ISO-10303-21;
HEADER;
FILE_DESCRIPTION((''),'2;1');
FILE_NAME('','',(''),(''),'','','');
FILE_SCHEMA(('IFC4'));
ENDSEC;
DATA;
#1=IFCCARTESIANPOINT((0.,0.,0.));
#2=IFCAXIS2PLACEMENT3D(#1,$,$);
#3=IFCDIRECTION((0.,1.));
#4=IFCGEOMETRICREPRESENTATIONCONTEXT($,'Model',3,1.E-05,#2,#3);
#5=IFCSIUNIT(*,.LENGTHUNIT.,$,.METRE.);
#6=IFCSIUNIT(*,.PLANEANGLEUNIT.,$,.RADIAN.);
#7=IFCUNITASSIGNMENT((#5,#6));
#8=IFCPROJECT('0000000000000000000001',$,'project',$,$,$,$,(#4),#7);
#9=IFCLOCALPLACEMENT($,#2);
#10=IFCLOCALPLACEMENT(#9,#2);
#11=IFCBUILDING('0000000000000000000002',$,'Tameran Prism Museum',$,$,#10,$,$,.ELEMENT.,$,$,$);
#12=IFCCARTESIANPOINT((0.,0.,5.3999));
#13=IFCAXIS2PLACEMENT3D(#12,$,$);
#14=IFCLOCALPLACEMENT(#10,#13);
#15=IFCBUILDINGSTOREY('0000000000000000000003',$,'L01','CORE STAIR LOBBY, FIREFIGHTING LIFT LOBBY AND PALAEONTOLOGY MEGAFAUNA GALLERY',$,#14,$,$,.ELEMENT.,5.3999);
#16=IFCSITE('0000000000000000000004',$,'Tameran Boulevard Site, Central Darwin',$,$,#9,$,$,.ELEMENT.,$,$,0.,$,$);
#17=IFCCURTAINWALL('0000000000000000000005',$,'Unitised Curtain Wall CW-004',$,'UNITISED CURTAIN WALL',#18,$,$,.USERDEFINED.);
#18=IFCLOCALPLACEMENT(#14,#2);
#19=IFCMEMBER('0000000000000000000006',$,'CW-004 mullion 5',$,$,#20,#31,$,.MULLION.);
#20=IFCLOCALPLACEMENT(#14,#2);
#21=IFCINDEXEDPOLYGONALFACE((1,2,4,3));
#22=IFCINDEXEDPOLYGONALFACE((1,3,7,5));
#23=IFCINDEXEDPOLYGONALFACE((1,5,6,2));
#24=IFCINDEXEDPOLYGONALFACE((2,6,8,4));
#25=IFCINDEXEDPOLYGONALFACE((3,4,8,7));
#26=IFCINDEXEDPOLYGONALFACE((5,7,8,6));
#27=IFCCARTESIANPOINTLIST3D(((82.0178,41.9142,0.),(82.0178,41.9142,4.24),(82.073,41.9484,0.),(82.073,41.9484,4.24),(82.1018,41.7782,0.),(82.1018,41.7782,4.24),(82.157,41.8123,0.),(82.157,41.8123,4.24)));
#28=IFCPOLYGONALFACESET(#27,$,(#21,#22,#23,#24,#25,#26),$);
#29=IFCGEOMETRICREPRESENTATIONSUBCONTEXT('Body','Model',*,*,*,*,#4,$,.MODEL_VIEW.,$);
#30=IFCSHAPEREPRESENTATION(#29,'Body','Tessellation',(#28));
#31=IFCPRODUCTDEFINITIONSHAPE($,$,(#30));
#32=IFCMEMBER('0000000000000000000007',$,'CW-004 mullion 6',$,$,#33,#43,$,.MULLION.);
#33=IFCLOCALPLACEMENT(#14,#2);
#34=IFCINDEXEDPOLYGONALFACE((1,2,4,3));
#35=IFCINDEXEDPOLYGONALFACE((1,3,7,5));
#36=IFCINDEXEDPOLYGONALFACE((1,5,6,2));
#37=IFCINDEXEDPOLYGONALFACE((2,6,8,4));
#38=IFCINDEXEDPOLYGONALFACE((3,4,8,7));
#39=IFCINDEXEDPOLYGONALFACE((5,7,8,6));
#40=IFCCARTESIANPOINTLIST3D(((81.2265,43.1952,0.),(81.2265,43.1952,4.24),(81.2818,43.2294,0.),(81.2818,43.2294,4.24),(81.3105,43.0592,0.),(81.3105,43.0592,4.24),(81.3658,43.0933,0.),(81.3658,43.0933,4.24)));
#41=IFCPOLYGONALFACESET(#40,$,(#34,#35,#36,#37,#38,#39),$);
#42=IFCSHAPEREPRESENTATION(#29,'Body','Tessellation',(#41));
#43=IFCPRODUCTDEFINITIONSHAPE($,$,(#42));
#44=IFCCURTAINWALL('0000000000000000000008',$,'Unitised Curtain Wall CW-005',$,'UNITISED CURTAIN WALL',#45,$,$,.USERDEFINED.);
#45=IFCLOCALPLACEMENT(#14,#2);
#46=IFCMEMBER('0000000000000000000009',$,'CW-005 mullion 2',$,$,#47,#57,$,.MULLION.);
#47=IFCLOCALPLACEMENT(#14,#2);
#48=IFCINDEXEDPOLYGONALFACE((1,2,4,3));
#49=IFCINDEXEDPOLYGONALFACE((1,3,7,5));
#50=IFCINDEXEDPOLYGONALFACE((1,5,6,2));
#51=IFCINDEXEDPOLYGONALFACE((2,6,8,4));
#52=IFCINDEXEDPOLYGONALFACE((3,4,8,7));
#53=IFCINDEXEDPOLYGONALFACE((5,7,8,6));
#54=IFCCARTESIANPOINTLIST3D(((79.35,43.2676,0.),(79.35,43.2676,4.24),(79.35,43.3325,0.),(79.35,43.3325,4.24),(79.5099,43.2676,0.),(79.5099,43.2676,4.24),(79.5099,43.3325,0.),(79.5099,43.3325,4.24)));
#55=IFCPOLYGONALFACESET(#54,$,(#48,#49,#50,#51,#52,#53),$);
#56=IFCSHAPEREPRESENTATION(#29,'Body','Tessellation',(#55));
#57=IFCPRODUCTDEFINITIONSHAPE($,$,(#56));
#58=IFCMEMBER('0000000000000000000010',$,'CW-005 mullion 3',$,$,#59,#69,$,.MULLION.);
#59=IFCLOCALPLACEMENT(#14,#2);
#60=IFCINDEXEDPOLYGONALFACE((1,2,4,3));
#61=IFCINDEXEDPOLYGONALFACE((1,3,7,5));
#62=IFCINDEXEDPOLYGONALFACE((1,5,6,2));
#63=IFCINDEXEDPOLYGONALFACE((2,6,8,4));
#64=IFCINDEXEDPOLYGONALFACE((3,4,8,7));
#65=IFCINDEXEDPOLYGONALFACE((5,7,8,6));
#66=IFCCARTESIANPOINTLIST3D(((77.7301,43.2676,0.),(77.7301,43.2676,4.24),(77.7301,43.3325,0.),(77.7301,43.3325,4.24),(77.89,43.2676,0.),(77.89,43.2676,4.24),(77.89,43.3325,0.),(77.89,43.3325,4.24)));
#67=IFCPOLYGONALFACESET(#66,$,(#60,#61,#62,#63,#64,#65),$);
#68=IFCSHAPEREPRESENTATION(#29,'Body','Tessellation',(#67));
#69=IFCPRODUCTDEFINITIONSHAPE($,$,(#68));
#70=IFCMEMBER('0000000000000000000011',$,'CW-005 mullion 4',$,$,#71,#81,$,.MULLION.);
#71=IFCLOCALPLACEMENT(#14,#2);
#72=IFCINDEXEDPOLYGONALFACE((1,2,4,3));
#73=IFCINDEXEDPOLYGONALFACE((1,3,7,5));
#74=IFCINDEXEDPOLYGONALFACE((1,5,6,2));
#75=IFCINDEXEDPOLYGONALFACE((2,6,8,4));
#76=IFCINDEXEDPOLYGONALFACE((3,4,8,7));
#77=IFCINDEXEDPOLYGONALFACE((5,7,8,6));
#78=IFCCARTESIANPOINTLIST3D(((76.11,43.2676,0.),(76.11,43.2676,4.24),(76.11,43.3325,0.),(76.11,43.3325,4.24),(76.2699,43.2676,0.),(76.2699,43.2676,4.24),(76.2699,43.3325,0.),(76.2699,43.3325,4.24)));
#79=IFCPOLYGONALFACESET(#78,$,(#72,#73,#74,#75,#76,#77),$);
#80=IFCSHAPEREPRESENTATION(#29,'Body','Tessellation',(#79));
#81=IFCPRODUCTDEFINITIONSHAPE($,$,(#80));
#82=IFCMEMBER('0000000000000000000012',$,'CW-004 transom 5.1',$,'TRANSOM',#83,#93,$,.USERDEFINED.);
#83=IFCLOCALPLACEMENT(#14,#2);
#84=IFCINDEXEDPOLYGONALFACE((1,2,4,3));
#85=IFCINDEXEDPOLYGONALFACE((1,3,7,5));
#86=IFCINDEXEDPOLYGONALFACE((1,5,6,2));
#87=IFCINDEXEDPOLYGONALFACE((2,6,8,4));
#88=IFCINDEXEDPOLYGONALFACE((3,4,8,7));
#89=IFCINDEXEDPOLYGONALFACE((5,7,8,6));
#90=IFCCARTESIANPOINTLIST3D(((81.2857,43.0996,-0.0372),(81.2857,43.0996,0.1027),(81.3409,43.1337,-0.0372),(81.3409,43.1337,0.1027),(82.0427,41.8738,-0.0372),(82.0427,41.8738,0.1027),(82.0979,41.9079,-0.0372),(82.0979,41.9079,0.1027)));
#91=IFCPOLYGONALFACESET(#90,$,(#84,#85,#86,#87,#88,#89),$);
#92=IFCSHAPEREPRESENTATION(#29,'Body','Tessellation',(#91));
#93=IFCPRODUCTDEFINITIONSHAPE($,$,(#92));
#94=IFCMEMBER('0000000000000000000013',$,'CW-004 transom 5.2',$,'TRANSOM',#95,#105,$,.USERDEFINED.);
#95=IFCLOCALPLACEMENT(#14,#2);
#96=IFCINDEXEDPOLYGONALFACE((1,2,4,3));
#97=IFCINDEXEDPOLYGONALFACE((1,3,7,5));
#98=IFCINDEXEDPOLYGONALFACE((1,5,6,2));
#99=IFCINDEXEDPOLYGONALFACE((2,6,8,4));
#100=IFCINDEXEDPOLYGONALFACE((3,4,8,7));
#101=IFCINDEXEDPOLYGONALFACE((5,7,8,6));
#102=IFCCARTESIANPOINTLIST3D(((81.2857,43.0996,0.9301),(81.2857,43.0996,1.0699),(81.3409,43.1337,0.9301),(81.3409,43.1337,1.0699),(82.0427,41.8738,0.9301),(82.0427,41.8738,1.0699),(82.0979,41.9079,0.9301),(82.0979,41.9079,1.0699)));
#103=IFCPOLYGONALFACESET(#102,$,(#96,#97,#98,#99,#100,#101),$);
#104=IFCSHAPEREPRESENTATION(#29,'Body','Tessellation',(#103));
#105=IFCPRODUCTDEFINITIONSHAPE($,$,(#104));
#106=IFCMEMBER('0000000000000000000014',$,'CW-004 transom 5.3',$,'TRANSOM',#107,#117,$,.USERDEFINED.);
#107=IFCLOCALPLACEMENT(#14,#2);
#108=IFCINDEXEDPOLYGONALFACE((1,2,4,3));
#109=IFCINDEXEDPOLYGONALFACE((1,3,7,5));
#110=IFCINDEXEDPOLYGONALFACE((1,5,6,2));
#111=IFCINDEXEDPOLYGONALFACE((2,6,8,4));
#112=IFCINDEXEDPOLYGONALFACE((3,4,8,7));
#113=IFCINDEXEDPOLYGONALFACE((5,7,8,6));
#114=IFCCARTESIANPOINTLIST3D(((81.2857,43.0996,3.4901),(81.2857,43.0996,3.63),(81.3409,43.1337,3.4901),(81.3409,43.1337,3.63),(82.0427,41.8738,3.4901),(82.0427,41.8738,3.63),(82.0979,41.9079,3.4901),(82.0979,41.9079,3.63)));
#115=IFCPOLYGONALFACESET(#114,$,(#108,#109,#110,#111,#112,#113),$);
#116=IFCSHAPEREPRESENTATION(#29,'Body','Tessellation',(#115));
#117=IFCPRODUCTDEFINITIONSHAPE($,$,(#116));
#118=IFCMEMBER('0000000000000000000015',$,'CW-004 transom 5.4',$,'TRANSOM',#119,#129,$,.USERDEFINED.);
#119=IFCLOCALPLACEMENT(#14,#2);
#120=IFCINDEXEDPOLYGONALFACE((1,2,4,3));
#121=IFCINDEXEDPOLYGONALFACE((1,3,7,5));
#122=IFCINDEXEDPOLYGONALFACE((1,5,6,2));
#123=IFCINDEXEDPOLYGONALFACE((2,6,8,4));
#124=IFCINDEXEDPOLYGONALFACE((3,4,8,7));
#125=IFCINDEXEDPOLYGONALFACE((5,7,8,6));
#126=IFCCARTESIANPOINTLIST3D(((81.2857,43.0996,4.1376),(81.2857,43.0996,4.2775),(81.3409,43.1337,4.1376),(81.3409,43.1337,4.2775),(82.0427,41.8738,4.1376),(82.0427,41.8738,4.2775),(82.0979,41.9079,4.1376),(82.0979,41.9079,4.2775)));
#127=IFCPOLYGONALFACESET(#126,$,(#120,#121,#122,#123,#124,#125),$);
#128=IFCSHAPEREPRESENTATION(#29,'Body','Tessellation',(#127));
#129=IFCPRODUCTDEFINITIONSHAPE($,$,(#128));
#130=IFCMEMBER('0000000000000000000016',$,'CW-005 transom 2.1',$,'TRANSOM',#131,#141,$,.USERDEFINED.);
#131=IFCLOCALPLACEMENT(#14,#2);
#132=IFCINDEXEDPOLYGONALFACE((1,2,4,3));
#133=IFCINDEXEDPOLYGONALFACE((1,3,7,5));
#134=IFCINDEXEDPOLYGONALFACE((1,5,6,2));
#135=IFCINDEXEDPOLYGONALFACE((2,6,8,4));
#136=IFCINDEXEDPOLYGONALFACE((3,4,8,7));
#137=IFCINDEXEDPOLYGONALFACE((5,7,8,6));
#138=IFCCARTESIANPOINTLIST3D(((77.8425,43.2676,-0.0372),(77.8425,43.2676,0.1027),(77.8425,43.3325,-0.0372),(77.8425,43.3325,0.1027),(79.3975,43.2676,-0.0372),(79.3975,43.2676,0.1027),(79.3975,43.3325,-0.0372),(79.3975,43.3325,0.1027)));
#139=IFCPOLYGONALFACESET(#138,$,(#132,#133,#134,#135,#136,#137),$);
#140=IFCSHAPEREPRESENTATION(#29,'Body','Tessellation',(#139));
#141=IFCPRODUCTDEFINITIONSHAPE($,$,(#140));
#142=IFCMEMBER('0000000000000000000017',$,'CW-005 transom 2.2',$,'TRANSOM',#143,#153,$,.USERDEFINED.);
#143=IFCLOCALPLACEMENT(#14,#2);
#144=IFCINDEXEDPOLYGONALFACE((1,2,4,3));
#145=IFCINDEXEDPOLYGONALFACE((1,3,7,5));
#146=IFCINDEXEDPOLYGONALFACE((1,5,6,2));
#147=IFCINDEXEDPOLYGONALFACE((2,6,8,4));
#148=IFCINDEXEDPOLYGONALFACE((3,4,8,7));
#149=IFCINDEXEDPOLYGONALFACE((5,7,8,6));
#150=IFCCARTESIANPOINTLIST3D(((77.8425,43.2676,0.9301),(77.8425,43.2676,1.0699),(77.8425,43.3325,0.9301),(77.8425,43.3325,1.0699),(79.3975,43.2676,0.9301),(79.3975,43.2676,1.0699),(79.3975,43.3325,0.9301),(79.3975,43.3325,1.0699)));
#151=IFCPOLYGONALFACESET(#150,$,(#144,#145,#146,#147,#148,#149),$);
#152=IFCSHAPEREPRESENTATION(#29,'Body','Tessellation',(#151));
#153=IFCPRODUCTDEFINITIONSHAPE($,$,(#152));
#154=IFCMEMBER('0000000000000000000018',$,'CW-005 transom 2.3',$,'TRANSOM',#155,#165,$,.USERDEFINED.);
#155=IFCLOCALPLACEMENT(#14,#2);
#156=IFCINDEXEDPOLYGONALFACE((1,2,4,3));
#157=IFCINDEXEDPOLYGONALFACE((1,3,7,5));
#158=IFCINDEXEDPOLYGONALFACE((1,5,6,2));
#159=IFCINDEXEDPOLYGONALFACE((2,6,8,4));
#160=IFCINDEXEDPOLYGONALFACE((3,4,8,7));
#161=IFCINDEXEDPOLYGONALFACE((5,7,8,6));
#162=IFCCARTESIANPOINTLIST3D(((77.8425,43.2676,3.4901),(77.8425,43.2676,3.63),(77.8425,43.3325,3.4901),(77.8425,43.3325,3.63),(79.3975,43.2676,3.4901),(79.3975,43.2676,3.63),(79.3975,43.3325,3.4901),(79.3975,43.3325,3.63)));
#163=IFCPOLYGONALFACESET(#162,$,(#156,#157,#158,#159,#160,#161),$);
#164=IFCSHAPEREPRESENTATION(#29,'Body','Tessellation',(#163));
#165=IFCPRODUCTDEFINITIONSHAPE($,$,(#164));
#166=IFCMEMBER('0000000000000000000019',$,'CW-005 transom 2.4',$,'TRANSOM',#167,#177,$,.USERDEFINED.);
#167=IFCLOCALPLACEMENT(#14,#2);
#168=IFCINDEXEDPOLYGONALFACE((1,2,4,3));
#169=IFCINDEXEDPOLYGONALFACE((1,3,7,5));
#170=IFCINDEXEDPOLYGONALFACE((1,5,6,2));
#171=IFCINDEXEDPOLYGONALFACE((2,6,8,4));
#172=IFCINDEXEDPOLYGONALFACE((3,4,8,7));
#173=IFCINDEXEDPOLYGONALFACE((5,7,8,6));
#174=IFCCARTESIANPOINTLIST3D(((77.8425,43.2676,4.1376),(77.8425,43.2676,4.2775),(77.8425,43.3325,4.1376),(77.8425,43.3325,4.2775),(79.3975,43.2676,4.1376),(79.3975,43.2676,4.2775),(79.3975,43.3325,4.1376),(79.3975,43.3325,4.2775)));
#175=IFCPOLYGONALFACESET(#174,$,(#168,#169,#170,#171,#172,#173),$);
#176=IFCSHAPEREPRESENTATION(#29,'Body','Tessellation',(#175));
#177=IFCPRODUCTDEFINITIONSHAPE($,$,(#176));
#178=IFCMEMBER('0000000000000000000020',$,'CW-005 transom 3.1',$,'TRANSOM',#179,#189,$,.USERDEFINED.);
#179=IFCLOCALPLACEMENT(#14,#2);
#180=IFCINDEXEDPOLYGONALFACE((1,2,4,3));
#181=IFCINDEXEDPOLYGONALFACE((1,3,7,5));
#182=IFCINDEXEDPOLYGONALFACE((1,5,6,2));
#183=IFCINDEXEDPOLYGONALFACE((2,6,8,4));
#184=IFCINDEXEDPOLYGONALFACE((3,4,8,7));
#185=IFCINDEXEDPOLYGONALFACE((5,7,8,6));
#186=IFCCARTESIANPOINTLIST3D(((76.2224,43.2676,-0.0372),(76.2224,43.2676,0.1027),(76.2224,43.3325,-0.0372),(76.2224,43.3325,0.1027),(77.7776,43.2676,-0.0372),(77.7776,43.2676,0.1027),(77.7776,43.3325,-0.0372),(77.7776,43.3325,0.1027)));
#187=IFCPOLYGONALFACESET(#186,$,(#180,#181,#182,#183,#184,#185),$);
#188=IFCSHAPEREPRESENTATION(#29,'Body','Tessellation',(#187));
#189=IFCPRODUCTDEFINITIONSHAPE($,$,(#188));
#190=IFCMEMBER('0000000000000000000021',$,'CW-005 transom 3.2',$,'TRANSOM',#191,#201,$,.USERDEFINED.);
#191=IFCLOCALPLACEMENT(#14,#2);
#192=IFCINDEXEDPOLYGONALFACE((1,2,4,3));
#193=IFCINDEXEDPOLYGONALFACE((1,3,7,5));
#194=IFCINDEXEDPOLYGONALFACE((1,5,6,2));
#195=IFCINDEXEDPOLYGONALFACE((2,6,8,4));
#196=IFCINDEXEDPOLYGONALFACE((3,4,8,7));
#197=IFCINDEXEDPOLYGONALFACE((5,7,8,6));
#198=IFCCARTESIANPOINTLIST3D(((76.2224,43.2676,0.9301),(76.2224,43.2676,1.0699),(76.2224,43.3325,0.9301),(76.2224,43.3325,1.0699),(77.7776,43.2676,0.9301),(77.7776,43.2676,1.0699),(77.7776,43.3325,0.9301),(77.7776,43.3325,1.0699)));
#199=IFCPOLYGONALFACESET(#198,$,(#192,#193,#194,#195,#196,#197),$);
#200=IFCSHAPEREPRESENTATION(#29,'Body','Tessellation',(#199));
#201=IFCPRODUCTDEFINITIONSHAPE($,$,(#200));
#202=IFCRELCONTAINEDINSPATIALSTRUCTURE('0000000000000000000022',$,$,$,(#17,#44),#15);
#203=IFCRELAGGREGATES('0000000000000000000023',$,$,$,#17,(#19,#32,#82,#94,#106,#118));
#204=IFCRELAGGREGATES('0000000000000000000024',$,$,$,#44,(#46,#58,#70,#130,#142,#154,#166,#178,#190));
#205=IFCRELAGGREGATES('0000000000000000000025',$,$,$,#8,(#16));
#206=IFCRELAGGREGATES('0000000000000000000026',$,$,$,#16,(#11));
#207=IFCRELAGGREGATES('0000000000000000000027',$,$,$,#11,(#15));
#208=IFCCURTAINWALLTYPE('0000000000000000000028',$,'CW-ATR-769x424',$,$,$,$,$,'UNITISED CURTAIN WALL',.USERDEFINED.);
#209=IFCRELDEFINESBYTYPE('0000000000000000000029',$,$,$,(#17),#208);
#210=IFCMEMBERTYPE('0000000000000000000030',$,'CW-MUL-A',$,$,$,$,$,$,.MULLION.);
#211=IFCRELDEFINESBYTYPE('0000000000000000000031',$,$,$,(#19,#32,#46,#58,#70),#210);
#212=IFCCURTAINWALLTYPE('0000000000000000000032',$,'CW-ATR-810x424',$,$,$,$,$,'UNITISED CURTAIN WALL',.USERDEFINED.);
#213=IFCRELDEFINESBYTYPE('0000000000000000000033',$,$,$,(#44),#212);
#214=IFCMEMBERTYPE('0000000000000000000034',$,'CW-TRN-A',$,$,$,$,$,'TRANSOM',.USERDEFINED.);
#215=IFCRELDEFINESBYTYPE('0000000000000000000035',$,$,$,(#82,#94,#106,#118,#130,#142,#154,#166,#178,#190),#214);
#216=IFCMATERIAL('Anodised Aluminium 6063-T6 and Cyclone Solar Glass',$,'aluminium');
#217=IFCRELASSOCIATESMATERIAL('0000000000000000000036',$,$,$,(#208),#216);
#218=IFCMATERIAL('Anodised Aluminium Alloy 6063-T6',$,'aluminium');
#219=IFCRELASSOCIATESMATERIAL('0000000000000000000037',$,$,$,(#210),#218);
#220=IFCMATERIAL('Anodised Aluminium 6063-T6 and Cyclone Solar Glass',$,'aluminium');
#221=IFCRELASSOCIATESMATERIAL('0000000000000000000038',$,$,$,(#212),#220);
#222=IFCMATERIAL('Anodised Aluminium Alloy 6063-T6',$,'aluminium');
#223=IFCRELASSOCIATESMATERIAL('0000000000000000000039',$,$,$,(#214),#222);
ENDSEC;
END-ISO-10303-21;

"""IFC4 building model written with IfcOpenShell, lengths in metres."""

from ifc_helpers import new_model, si_unit, direction, frame, origin, origin_2d, place, context, subcontext, project, spatial, rectangle, extrude, material, material_profile, profile_set, type_object, element, aggregate, save


model = new_model("IFC4")

# Units and contexts
model_context = context("Model", 3, precision=1e-05, world=origin(), true_north=direction((0.0, 1.0)))
body_context = subcontext(model_context, "Body", "Model", "MODEL_VIEW")
ifc_project = project(units=[si_unit("LENGTHUNIT", "METRE"), si_unit("PLANEANGLEUNIT", "RADIAN")], contexts=[model_context])

# Site, building, storey
site_placement = place(None, origin())
site = spatial("IfcSite", under=ifc_project, at=site_placement, Name="Tameran Boulevard Site, Central Darwin", CompositionType="ELEMENT", RefElevation=0.0)
building_placement = place(site_placement, origin())
building = spatial("IfcBuilding", under=site, at=building_placement, Name="Tameran Prism Museum", CompositionType="ELEMENT")
storey_placement = place(building_placement, frame((0.0, 0.0, 5.3999)))
storey = spatial("IfcBuildingStorey", under=building, at=storey_placement, Name="L01", Description="CORE STAIR LOBBY, FIREFIGHTING LIFT LOBBY AND PALAEONTOLOGY MEGAFAUNA GALLERY", CompositionType="ELEMENT", Elevation=5.3999)

# Curtain walls, members
ifc_material_1 = material(Name="Anodised Aluminium 6063-T6 and Cyclone Solar Glass", Category="aluminium")
curtain_wall_type_1 = type_object("IfcCurtainWallType", Name="CW-ATR-769x424", ElementType="UNITISED CURTAIN WALL", PredefinedType="USERDEFINED", material=ifc_material_1)
curtain_wall_1_placement = place(storey_placement, origin())
curtain_wall_1 = element("IfcCurtainWall", 1, at=curtain_wall_1_placement, inside=storey, type_object=curtain_wall_type_1, Name="Unitised Curtain Wall CW-004", ObjectType="UNITISED CURTAIN WALL", PredefinedType="USERDEFINED")
ifc_material_2 = material(Name="Anodised Aluminium Alloy 6063-T6", Category="aluminium")
ifc_material_profile_1 = material_profile(ifc_material_2, rectangle(XDim=0.0649, YDim=0.1599, at=origin_2d()))
ifc_profile_set_1 = profile_set([ifc_material_profile_1])
member_type_1 = type_object("IfcMemberType", Name="CW-MUL-A", PredefinedType="MULLION", material=ifc_profile_set_1)
member_1_placement = place(storey_placement, frame((82.0874, 41.8633, 0.0), z_axis=(0.0, 0.0, 1.0), x_axis=(-0.850791, -0.525504, 0.0)))
member_1 = element("IfcMember", 2, at=member_1_placement, type_object=member_type_1, Name="CW-004 mullion 5", PredefinedType="MULLION", context=body_context, shape_type="SweptSolid", body=[
    extrude(rectangle(XDim=0.0649, YDim=0.1599, at=origin_2d()), origin(), (0.0, 0.0, 1.0), 4.24),
])
member_2_placement = place(storey_placement, frame((81.2961, 43.1443, 0.0), z_axis=(0.0, 0.0, 1.0), x_axis=(-0.850791, -0.525504, 0.0)))
member_2 = element("IfcMember", 3, at=member_2_placement, type_object=member_type_1, Name="CW-004 mullion 6", PredefinedType="MULLION", context=body_context, shape_type="SweptSolid", body=[
    extrude(rectangle(XDim=0.0649, YDim=0.1599, at=origin_2d()), origin(), (0.0, 0.0, 1.0), 4.24),
])
ifc_material_3 = material(Name="Anodised Aluminium 6063-T6 and Cyclone Solar Glass", Category="aluminium")
curtain_wall_type_2 = type_object("IfcCurtainWallType", Name="CW-ATR-810x424", ElementType="UNITISED CURTAIN WALL", PredefinedType="USERDEFINED", material=ifc_material_3)
curtain_wall_2_placement = place(storey_placement, origin())
curtain_wall_2 = element("IfcCurtainWall", 4, at=curtain_wall_2_placement, inside=storey, type_object=curtain_wall_type_2, Name="Unitised Curtain Wall CW-005", ObjectType="UNITISED CURTAIN WALL", PredefinedType="USERDEFINED")
member_3_placement = place(storey_placement, frame((79.4299, 43.3, 0.0), z_axis=(0.0, 0.0, 1.0), x_axis=(0.0, -1.0, 0.0)))
member_3 = element("IfcMember", 5, at=member_3_placement, type_object=member_type_1, Name="CW-005 mullion 2", PredefinedType="MULLION", context=body_context, shape_type="SweptSolid", body=[
    extrude(rectangle(XDim=0.0649, YDim=0.1599, at=origin_2d()), origin(), (0.0, 0.0, 1.0), 4.24),
])
member_4_placement = place(storey_placement, frame((77.8101, 43.3, 0.0), z_axis=(0.0, 0.0, 1.0), x_axis=(0.0, -1.0, 0.0)))
member_4 = element("IfcMember", 6, at=member_4_placement, type_object=member_type_1, Name="CW-005 mullion 3", PredefinedType="MULLION", context=body_context, shape_type="SweptSolid", body=[
    extrude(rectangle(XDim=0.0649, YDim=0.1599, at=origin_2d()), origin(), (0.0, 0.0, 1.0), 4.24),
])
member_5_placement = place(storey_placement, frame((76.1899, 43.3, 0.0), z_axis=(0.0, 0.0, 1.0), x_axis=(0.0, -1.0, 0.0)))
member_5 = element("IfcMember", 7, at=member_5_placement, type_object=member_type_1, Name="CW-005 mullion 4", PredefinedType="MULLION", context=body_context, shape_type="SweptSolid", body=[
    extrude(rectangle(XDim=0.0649, YDim=0.1599, at=origin_2d()), origin(), (0.0, 0.0, 1.0), 4.24),
])

# Members
ifc_material_4 = material(Name="Anodised Aluminium Alloy 6063-T6", Category="aluminium")
ifc_material_profile_2 = material_profile(ifc_material_4, rectangle(XDim=0.0649, YDim=0.1399, at=origin_2d()))
ifc_profile_set_2 = profile_set([ifc_material_profile_2])
member_type_2 = type_object("IfcMemberType", Name="CW-TRN-A", ElementType="TRANSOM", PredefinedType="USERDEFINED", material=ifc_profile_set_2)
member_6_placement = place(storey_placement, frame((82.0703, 41.8909, 0.0327), z_axis=(-0.525468, 0.850814, 0.0), x_axis=(-0.850814, -0.525468, 0.0)))
member_6 = element("IfcMember", 8, at=member_6_placement, type_object=member_type_2, Name="CW-004 transom 5.1", ObjectType="TRANSOM", PredefinedType="USERDEFINED", context=body_context, shape_type="SweptSolid", body=[
    extrude(rectangle(XDim=0.0649, YDim=0.1399, at=origin_2d()), origin(), (0.0, 0.0, 1.0), 1.4407),
])
member_7_placement = place(storey_placement, frame((82.0703, 41.8909, 1.0), z_axis=(-0.525468, 0.850814, 0.0), x_axis=(-0.850814, -0.525468, 0.0)))
member_7 = element("IfcMember", 9, at=member_7_placement, type_object=member_type_2, Name="CW-004 transom 5.2", ObjectType="TRANSOM", PredefinedType="USERDEFINED", context=body_context, shape_type="SweptSolid", body=[
    extrude(rectangle(XDim=0.0649, YDim=0.1399, at=origin_2d()), origin(), (0.0, 0.0, 1.0), 1.4407),
])
member_8_placement = place(storey_placement, frame((82.0703, 41.8909, 3.5601), z_axis=(-0.525468, 0.850814, 0.0), x_axis=(-0.850814, -0.525468, 0.0)))
member_8 = element("IfcMember", 10, at=member_8_placement, type_object=member_type_2, Name="CW-004 transom 5.3", ObjectType="TRANSOM", PredefinedType="USERDEFINED", context=body_context, shape_type="SweptSolid", body=[
    extrude(rectangle(XDim=0.0649, YDim=0.1399, at=origin_2d()), origin(), (0.0, 0.0, 1.0), 1.4407),
])
member_9_placement = place(storey_placement, frame((82.0703, 41.8909, 4.2075), z_axis=(-0.525468, 0.850814, 0.0), x_axis=(-0.850814, -0.525468, 0.0)))
member_9 = element("IfcMember", 11, at=member_9_placement, type_object=member_type_2, Name="CW-004 transom 5.4", ObjectType="TRANSOM", PredefinedType="USERDEFINED", context=body_context, shape_type="SweptSolid", body=[
    extrude(rectangle(XDim=0.0649, YDim=0.1399, at=origin_2d()), origin(), (0.0, 0.0, 1.0), 1.4407),
])
member_10_placement = place(storey_placement, frame((79.3975, 43.3, 0.0327), z_axis=(-1.0, 0.0, 0.0), x_axis=(0.0, -1.0, 0.0)))
member_10 = element("IfcMember", 12, at=member_10_placement, type_object=member_type_2, Name="CW-005 transom 2.1", ObjectType="TRANSOM", PredefinedType="USERDEFINED", context=body_context, shape_type="SweptSolid", body=[
    extrude(rectangle(XDim=0.0649, YDim=0.1399, at=origin_2d()), origin(), (0.0, 0.0, 1.0), 1.5549),
])
member_11_placement = place(storey_placement, frame((79.3975, 43.3, 1.0), z_axis=(-1.0, 0.0, 0.0), x_axis=(0.0, -1.0, 0.0)))
member_11 = element("IfcMember", 13, at=member_11_placement, type_object=member_type_2, Name="CW-005 transom 2.2", ObjectType="TRANSOM", PredefinedType="USERDEFINED", context=body_context, shape_type="SweptSolid", body=[
    extrude(rectangle(XDim=0.0649, YDim=0.1399, at=origin_2d()), origin(), (0.0, 0.0, 1.0), 1.5549),
])
member_12_placement = place(storey_placement, frame((79.3975, 43.3, 3.5601), z_axis=(-1.0, 0.0, 0.0), x_axis=(0.0, -1.0, 0.0)))
member_12 = element("IfcMember", 14, at=member_12_placement, type_object=member_type_2, Name="CW-005 transom 2.3", ObjectType="TRANSOM", PredefinedType="USERDEFINED", context=body_context, shape_type="SweptSolid", body=[
    extrude(rectangle(XDim=0.0649, YDim=0.1399, at=origin_2d()), origin(), (0.0, 0.0, 1.0), 1.5549),
])
member_13_placement = place(storey_placement, frame((79.3975, 43.3, 4.2075), z_axis=(-1.0, 0.0, 0.0), x_axis=(0.0, -1.0, 0.0)))
member_13 = element("IfcMember", 15, at=member_13_placement, type_object=member_type_2, Name="CW-005 transom 2.4", ObjectType="TRANSOM", PredefinedType="USERDEFINED", context=body_context, shape_type="SweptSolid", body=[
    extrude(rectangle(XDim=0.0649, YDim=0.1399, at=origin_2d()), origin(), (0.0, 0.0, 1.0), 1.5549),
])
member_14_placement = place(storey_placement, frame((77.7776, 43.3, 0.0327), z_axis=(-1.0, 0.0, 0.0), x_axis=(0.0, -1.0, 0.0)))
member_14 = element("IfcMember", 16, at=member_14_placement, type_object=member_type_2, Name="CW-005 transom 3.1", ObjectType="TRANSOM", PredefinedType="USERDEFINED", context=body_context, shape_type="SweptSolid", body=[
    extrude(rectangle(XDim=0.0649, YDim=0.1399, at=origin_2d()), origin(), (0.0, 0.0, 1.0), 1.5552),
])
member_15_placement = place(storey_placement, frame((77.7776, 43.3, 1.0), z_axis=(-1.0, 0.0, 0.0), x_axis=(0.0, -1.0, 0.0)))
member_15 = element("IfcMember", 17, at=member_15_placement, type_object=member_type_2, Name="CW-005 transom 3.2", ObjectType="TRANSOM", PredefinedType="USERDEFINED", context=body_context, shape_type="SweptSolid", body=[
    extrude(rectangle(XDim=0.0649, YDim=0.1399, at=origin_2d()), origin(), (0.0, 0.0, 1.0), 1.5552),
])

aggregate(curtain_wall_1, [member_1, member_2, member_6, member_7, member_8, member_9])
aggregate(curtain_wall_2, [member_3, member_4, member_5, member_10, member_11, member_12, member_13, member_14, member_15])

save(model, "model.ifc")
